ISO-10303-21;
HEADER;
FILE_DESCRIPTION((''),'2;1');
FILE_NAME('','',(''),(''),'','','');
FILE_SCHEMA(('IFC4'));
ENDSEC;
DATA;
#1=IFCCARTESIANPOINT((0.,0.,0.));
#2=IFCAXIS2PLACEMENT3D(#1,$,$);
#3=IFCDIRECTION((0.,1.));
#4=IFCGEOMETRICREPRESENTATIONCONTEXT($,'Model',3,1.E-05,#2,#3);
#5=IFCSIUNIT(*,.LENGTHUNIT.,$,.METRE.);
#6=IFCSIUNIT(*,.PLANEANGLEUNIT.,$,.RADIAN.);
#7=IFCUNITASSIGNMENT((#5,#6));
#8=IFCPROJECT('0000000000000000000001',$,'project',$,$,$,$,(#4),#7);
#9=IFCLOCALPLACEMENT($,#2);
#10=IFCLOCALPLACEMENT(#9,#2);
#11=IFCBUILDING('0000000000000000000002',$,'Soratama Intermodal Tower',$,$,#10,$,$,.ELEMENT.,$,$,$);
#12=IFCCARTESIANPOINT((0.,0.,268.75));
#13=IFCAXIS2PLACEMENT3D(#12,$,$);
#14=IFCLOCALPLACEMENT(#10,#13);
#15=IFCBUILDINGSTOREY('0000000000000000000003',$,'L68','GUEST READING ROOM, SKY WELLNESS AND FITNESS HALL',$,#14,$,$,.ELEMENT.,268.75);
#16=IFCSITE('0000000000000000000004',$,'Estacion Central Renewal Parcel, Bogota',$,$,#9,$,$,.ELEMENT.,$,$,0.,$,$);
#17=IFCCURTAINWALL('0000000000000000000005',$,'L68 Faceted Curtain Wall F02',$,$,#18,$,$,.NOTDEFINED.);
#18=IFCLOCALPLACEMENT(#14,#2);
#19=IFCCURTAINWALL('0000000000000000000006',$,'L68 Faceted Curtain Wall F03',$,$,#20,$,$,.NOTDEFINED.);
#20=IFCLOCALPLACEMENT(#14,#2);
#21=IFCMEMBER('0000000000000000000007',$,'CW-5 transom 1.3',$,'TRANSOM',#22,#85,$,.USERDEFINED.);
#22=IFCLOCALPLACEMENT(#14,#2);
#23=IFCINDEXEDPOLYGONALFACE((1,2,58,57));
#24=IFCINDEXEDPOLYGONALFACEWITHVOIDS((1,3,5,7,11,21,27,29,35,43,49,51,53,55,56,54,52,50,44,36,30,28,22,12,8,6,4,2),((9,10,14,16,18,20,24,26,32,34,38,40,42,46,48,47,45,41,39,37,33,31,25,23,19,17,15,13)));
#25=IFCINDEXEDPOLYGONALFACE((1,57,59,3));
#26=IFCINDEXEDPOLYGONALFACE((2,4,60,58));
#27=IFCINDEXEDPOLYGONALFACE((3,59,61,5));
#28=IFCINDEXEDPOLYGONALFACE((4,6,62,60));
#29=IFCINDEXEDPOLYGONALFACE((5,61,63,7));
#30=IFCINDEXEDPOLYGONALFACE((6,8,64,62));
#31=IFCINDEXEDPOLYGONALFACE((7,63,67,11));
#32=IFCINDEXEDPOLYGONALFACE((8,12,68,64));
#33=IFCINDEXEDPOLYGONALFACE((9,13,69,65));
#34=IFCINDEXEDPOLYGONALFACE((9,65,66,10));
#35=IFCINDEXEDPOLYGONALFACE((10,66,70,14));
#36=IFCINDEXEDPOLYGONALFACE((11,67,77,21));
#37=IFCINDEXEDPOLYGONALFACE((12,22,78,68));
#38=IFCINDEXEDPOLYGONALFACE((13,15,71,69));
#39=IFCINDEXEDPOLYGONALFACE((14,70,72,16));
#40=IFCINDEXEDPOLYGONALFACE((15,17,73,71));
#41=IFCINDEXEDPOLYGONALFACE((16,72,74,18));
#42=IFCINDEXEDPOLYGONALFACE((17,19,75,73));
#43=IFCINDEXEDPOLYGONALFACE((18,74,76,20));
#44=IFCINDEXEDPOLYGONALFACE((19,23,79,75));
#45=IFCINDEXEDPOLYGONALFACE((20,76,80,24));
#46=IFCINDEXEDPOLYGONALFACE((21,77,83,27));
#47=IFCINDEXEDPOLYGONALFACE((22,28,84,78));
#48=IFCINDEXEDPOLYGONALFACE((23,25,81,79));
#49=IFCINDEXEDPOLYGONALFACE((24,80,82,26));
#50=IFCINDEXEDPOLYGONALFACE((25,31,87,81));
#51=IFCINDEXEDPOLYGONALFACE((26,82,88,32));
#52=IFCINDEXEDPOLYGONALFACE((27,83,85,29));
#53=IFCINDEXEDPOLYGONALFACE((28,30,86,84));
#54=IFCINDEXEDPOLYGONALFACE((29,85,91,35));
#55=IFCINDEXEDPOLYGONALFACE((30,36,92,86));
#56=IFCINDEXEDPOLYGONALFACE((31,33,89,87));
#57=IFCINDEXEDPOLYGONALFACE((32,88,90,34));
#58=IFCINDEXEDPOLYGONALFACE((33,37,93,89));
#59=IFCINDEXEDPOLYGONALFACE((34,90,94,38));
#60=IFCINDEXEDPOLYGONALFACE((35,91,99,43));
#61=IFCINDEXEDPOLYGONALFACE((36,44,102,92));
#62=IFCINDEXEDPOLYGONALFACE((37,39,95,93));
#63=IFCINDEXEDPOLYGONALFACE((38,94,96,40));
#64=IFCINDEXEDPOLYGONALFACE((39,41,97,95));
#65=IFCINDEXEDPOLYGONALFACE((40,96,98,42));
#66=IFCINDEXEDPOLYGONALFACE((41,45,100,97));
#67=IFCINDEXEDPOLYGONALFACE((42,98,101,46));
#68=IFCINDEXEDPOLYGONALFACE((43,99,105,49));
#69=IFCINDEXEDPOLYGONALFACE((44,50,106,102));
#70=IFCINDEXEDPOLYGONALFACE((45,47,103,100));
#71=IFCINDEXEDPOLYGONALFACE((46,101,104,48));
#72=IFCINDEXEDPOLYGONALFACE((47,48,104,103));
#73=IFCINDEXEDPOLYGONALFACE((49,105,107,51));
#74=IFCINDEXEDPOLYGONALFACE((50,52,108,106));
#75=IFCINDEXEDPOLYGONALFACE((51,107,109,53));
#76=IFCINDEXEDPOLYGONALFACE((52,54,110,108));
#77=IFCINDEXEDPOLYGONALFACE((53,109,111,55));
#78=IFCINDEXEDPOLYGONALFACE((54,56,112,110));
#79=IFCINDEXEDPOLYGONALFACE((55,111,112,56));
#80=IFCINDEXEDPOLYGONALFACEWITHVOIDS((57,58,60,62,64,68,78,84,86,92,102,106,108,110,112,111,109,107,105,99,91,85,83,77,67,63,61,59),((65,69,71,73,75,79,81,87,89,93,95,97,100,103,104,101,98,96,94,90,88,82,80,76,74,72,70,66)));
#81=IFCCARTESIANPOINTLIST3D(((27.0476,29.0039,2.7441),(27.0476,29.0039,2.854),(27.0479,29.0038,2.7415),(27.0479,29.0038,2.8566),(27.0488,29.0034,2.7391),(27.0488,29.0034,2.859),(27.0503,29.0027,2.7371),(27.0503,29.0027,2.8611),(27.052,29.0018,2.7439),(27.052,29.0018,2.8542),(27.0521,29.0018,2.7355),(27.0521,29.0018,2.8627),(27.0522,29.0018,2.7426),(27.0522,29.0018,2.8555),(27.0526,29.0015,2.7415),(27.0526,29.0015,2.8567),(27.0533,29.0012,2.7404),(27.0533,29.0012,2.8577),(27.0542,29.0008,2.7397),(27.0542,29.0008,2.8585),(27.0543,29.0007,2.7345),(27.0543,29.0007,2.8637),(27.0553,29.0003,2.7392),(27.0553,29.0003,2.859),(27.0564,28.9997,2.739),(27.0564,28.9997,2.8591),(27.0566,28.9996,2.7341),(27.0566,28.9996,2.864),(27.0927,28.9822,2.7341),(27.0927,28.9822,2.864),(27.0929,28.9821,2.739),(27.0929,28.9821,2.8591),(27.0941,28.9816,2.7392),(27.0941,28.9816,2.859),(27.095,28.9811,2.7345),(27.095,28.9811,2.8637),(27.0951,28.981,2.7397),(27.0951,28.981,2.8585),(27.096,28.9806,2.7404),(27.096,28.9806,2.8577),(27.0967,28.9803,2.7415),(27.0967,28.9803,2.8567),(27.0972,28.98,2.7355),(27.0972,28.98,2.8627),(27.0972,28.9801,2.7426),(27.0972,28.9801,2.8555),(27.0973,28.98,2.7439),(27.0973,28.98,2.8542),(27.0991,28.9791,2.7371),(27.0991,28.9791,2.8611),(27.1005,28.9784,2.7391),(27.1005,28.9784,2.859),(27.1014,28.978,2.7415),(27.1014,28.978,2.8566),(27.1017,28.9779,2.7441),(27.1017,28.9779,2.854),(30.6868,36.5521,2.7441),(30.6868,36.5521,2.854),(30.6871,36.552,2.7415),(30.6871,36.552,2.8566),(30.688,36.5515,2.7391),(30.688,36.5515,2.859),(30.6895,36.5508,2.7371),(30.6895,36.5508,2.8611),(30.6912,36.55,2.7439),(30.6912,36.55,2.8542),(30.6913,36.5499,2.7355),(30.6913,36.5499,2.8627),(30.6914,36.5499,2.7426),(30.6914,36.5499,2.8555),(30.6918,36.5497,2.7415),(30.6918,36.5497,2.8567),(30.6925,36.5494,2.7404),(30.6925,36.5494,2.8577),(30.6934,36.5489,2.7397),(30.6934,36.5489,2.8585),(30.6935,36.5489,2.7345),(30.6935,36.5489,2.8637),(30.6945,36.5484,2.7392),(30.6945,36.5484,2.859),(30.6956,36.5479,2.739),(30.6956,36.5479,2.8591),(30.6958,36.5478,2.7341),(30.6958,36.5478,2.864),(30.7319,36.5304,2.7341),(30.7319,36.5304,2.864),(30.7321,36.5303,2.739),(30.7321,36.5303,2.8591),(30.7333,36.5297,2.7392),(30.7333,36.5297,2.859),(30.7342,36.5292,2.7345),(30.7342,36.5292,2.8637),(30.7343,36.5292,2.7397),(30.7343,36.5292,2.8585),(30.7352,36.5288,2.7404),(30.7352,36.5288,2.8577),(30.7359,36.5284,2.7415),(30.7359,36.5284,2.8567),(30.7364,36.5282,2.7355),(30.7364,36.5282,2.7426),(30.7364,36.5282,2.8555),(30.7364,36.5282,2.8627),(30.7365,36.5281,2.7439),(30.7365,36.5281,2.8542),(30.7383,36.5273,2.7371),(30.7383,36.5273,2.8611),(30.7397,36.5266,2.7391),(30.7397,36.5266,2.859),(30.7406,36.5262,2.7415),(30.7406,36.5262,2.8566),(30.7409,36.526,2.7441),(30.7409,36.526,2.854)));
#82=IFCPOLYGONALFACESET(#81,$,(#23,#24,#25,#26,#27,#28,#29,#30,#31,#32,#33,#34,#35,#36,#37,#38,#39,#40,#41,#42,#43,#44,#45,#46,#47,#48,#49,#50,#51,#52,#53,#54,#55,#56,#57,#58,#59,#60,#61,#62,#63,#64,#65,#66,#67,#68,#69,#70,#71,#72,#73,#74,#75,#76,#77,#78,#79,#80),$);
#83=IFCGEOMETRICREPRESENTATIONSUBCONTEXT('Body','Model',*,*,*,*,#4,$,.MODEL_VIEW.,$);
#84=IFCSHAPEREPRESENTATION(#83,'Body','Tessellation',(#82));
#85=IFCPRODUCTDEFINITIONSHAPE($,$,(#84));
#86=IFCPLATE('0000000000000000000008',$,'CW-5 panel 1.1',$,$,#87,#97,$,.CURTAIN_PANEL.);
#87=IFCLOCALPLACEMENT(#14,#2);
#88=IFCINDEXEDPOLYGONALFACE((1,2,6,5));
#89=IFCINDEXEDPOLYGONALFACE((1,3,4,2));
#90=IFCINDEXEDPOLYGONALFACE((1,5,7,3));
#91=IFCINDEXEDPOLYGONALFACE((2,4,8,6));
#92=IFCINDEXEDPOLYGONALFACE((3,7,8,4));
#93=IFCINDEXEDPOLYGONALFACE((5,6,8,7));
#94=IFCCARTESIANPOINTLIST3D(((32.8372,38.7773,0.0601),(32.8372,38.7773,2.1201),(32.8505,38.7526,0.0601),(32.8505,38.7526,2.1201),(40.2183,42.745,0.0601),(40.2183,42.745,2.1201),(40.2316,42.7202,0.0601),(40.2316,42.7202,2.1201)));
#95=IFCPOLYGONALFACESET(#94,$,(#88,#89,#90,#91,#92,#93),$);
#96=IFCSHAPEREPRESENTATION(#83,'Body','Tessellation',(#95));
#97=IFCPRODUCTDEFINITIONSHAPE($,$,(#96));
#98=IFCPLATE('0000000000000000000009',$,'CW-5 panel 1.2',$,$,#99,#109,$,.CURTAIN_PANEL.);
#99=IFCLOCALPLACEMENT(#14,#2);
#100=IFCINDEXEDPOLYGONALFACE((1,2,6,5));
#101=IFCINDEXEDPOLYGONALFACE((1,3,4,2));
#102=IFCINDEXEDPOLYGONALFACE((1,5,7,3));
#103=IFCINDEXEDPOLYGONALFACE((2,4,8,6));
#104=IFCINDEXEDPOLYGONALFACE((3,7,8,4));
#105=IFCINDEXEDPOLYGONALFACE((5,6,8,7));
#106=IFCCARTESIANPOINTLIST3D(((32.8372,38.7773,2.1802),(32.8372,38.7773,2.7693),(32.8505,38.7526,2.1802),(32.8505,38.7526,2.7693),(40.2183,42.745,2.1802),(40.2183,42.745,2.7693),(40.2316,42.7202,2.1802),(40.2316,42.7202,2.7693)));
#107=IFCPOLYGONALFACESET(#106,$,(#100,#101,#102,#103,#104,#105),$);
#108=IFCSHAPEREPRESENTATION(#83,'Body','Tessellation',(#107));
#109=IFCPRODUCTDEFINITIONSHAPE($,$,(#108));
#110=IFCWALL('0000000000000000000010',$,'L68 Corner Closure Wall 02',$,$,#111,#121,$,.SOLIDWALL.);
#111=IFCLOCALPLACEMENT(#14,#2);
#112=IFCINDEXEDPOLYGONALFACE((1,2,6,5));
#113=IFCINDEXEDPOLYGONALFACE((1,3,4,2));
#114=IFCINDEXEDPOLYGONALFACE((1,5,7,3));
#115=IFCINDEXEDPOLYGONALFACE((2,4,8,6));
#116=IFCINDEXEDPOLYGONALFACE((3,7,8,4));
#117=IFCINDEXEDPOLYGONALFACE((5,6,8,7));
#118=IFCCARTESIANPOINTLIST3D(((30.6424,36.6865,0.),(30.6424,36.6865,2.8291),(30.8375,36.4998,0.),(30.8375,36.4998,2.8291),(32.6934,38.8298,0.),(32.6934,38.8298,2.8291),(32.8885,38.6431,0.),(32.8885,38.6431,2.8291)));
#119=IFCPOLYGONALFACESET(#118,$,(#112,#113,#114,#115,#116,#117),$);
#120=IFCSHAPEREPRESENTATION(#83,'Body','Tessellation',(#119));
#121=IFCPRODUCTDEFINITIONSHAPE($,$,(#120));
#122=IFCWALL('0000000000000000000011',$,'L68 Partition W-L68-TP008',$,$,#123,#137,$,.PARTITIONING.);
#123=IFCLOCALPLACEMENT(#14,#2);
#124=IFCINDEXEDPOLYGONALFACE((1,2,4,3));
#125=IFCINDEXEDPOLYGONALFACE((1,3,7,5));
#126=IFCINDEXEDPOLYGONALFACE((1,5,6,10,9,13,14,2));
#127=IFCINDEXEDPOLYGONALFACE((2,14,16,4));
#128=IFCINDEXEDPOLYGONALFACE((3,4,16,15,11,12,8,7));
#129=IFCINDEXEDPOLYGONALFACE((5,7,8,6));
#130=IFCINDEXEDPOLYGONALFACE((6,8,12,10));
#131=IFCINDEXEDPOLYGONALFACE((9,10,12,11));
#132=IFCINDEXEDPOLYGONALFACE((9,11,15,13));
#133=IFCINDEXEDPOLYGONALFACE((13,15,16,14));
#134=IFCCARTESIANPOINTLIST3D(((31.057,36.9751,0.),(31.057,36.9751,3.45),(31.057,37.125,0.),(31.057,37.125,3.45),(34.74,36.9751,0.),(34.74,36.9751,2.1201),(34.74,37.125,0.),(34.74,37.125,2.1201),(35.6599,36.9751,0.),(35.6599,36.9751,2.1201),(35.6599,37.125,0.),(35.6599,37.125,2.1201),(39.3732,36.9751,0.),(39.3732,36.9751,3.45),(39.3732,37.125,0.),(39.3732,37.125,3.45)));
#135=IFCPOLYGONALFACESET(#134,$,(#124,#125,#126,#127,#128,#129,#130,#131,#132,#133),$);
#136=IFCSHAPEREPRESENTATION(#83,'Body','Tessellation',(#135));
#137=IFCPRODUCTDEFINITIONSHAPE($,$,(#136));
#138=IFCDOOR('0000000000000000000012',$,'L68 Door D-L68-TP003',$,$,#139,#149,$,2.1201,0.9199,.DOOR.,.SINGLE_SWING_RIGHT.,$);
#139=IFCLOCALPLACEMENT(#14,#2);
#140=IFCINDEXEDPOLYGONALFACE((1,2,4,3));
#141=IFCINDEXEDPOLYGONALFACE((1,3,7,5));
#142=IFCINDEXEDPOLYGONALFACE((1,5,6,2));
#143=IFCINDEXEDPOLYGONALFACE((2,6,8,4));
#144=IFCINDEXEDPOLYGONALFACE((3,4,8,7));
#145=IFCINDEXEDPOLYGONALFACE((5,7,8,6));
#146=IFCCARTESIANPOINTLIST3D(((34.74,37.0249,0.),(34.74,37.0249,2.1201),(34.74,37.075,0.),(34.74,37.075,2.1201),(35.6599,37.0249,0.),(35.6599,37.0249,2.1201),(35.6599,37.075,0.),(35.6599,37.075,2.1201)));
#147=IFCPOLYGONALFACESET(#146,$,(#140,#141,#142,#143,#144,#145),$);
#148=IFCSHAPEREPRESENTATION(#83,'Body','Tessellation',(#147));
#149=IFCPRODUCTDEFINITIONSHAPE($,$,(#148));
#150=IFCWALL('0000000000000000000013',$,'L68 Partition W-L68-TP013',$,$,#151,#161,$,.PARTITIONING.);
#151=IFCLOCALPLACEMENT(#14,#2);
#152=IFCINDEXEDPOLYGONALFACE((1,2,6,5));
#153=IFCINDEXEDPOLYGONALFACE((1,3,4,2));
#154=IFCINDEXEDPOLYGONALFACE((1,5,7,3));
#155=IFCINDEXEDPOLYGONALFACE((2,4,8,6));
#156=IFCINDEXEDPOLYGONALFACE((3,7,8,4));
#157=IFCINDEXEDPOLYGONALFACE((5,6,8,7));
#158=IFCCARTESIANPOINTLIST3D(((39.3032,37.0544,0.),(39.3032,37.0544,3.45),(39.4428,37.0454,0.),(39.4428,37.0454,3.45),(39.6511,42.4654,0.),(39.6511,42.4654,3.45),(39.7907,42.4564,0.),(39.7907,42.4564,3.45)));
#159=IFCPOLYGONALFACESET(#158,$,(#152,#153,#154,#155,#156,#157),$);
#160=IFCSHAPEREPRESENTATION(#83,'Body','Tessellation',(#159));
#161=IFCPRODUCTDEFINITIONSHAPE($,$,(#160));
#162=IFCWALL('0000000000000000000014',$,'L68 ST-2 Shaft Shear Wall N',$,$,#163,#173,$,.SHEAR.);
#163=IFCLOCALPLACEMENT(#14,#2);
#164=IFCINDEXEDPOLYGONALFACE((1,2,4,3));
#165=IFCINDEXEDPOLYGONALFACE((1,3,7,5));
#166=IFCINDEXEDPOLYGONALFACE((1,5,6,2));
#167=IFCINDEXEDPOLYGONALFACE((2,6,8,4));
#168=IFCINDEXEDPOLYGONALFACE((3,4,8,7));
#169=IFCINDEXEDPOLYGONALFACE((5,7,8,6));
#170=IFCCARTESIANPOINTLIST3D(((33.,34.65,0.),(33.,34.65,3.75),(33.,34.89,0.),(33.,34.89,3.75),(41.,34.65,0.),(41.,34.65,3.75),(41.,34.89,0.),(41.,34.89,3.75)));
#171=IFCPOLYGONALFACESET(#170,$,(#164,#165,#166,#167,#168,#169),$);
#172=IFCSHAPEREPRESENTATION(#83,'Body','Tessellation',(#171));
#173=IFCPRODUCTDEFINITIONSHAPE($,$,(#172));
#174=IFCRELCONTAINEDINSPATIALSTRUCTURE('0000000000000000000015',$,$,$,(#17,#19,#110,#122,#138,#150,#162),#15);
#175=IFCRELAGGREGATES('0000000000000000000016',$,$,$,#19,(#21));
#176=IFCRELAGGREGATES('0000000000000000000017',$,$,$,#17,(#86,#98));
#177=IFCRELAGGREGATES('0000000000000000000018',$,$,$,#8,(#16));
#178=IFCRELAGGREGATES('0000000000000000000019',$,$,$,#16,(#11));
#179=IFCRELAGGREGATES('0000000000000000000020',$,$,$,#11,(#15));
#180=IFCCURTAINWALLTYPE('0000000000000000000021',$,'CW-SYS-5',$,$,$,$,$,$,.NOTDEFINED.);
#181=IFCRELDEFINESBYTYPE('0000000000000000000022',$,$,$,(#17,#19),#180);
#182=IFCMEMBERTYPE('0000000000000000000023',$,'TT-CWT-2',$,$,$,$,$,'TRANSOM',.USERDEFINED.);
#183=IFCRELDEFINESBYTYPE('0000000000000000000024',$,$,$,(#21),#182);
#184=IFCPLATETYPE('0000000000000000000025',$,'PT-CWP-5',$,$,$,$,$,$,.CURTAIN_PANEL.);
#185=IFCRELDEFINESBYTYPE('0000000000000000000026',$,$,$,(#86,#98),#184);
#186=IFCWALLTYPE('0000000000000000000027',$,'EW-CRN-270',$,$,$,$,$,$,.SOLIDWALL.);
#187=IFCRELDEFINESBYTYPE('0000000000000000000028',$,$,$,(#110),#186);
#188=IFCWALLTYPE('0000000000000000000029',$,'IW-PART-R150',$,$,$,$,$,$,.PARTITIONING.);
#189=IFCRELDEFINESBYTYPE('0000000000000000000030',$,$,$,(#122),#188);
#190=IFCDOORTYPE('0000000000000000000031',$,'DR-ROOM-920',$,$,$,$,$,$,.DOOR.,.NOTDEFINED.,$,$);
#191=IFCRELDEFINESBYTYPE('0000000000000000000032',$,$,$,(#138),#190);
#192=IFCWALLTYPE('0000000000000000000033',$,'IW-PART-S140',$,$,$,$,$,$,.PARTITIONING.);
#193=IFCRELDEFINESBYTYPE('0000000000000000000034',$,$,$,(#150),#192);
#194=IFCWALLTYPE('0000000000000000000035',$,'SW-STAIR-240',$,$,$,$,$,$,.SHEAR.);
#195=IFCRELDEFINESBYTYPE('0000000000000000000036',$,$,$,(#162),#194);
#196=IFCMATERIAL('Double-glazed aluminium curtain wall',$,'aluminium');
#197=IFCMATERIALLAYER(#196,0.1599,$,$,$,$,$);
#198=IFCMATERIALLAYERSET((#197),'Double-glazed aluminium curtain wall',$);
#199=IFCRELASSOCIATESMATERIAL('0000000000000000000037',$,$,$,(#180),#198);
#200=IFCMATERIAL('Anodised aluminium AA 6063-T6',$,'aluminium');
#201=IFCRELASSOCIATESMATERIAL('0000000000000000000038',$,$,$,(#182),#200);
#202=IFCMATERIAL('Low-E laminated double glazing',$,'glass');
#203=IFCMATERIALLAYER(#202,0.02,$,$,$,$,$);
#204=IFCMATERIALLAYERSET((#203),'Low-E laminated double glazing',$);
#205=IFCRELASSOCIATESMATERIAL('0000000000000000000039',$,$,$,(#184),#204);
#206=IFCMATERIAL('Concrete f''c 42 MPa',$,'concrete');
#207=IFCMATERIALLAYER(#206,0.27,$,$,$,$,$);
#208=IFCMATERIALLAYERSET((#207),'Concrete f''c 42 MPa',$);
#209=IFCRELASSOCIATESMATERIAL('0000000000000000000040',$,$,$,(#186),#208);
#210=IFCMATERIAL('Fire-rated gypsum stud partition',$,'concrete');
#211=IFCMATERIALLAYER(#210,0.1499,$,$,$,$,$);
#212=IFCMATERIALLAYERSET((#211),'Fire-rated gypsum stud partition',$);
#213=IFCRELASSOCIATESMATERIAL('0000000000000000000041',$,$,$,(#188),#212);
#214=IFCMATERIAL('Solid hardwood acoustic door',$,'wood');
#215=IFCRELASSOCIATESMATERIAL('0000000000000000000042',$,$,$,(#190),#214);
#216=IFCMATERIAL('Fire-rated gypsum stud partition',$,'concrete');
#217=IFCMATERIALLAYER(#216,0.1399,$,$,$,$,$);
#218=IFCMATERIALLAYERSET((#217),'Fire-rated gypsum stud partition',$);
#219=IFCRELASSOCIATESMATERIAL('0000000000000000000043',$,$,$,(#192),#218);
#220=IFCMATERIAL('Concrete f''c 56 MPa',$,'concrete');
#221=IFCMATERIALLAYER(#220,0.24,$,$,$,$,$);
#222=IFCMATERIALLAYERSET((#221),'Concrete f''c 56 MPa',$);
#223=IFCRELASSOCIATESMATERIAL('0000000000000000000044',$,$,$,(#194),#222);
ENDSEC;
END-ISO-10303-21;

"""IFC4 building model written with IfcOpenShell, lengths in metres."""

from ifc_helpers import new_model, si_unit, direction, frame, frame_2d, origin, origin_2d, place, context, subcontext, project, spatial, rectangle, hollow_rectangle, extrude, material, layer, layer_set, material_profile, profile_set, type_object, element, fill, aggregate, save


model = new_model("IFC4")

# Units and contexts
model_context = context("Model", 3, precision=1e-05, world=origin(), true_north=direction((0.0, 1.0)))
body_context = subcontext(model_context, "Body", "Model", "MODEL_VIEW")
ifc_project = project(units=[si_unit("LENGTHUNIT", "METRE"), si_unit("PLANEANGLEUNIT", "RADIAN")], contexts=[model_context])

# Site, building, storey
site_placement = place(None, origin())
site = spatial("IfcSite", under=ifc_project, at=site_placement, Name="Estacion Central Renewal Parcel, Bogota", CompositionType="ELEMENT", RefElevation=0.0)
building_placement = place(site_placement, origin())
building = spatial("IfcBuilding", under=site, at=building_placement, Name="Soratama Intermodal Tower", CompositionType="ELEMENT")
storey_placement = place(building_placement, frame((0.0, 0.0, 268.75)))
storey = spatial("IfcBuildingStorey", under=building, at=storey_placement, Name="L68", Description="GUEST READING ROOM, SKY WELLNESS AND FITNESS HALL", CompositionType="ELEMENT", Elevation=268.75)

# Curtain wall
ifc_material_1 = material(Name="Double-glazed aluminium curtain wall", Category="aluminium")
ifc_layer_1 = layer(ifc_material_1, 0.1599)
ifc_layer_set_1 = layer_set([ifc_layer_1], Name="Double-glazed aluminium curtain wall")
curtain_wall_type = type_object("IfcCurtainWallType", Name="CW-SYS-5", PredefinedType="NOTDEFINED", material=ifc_layer_set_1)
curtain_wall_1_placement = place(storey_placement, origin())
curtain_wall_1 = element("IfcCurtainWall", 1, at=curtain_wall_1_placement, inside=storey, type_object=curtain_wall_type, Name="L68 Faceted Curtain Wall F02", PredefinedType="NOTDEFINED")

# Curtain wall
curtain_wall_2_placement = place(storey_placement, origin())
curtain_wall_2 = element("IfcCurtainWall", 2, at=curtain_wall_2_placement, inside=storey, type_object=curtain_wall_type, Name="L68 Faceted Curtain Wall F03", PredefinedType="NOTDEFINED")

# Member
ifc_material_2 = material(Name="Anodised aluminium AA 6063-T6", Category="aluminium")
ifc_material_profile_1 = material_profile(ifc_material_2, hollow_rectangle(XDim=0.0601, YDim=0.1299, WallThickness=0.0049, InnerFilletRadius=0.0049, OuterFilletRadius=0.01, at=origin_2d()), Name="CWT130X60X5")
ifc_profile_set_1 = profile_set([ifc_material_profile_1], Name="Anodised aluminium AA 6063-T6")
member_type_1 = type_object("IfcMemberType", Name="TT-CWT-2", ElementType="TRANSOM", PredefinedType="USERDEFINED", material=ifc_profile_set_1)
member_1_placement = place(storey_placement, frame((30.7139, 36.5391, 2.7991), z_axis=(-0.434289, -0.900773, 0.0), x_axis=(0.900773, -0.434289, 0.0)))
member_1 = element("IfcMember", 3, at=member_1_placement, type_object=member_type_1, Name="CW-5 transom 1.3", ObjectType="TRANSOM", PredefinedType="USERDEFINED", context=body_context, shape_type="SweptSolid", body=[
    extrude(hollow_rectangle(XDim=0.0601, YDim=0.1299, WallThickness=0.0049, InnerFilletRadius=0.0049, OuterFilletRadius=0.01, at=origin_2d()), origin(), (0.0, 0.0, 1.0), 8.3796),
])
aggregate(curtain_wall_2, [member_1])

# Plates
ifc_material_3 = material(Name="Low-E laminated double glazing", Category="glass")
ifc_layer_2 = layer(ifc_material_3, 0.02)
ifc_layer_set_2 = layer_set([ifc_layer_2], Name="Low-E laminated double glazing")
plate_type = type_object("IfcPlateType", Name="PT-CWP-5", PredefinedType="CURTAIN_PANEL", material=ifc_layer_set_2)
plate_1_placement = place(storey_placement, frame((36.5344, 40.7488, 0.0601), z_axis=(0.0, 0.0, 1.0), x_axis=(-0.88081, -0.47347, 0.0)))
plate_1 = element("IfcPlate", 4, at=plate_1_placement, type_object=plate_type, Name="CW-5 panel 1.1", PredefinedType="CURTAIN_PANEL", context=body_context, shape_type="SweptSolid", body=[
    extrude(rectangle(XDim=8.3799, YDim=0.0281, at=origin_2d()), origin(), (0.0, 0.0, 1.0), 2.0601),
])
plate_2_placement = place(storey_placement, frame((36.5344, 40.7488, 2.1802), z_axis=(0.0, 0.0, 1.0), x_axis=(-0.88081, -0.47347, 0.0)))
plate_2 = element("IfcPlate", 5, at=plate_2_placement, type_object=plate_type, Name="CW-5 panel 1.2", PredefinedType="CURTAIN_PANEL", context=body_context, shape_type="SweptSolid", body=[
    extrude(rectangle(XDim=8.3799, YDim=0.0281, at=origin_2d()), origin(), (0.0, 0.0, 1.0), 0.5891),
])
aggregate(curtain_wall_1, [plate_1, plate_2])

# Wall
ifc_material_4 = material(Name="Concrete f'c 42 MPa", Category="concrete")
ifc_layer_3 = layer(ifc_material_4, 0.27)
ifc_layer_set_3 = layer_set([ifc_layer_3], Name="Concrete f'c 42 MPa")
wall_type_1 = type_object("IfcWallType", Name="EW-CRN-270", PredefinedType="SOLIDWALL", material=ifc_layer_set_3)
wall_1_placement = place(storey_placement, frame((32.791, 38.7366, 0.0), z_axis=(0.0, 0.0, 1.0), x_axis=(-0.691381, -0.72249, 0.0)))
element("IfcWall", 6, at=wall_1_placement, inside=storey, type_object=wall_type_1, Name="L68 Corner Closure Wall 02", PredefinedType="SOLIDWALL", context=body_context, shape_type="SweptSolid", body=[
    extrude(rectangle(XDim=2.9666, YDim=0.27, at=frame_2d((1.4834, 0.0))), origin(), (0.0, 0.0, 1.0), 2.8291),
])

# Wall, opening, door
ifc_material_5 = material(Name="Fire-rated gypsum stud partition", Category="concrete")
ifc_layer_4 = layer(ifc_material_5, 0.1499)
ifc_layer_set_4 = layer_set([ifc_layer_4], Name="Fire-rated gypsum stud partition")
wall_type_2 = type_object("IfcWallType", Name="IW-PART-R150", PredefinedType="PARTITIONING", material=ifc_layer_set_4)
wall_2_placement = place(storey_placement, frame((31.0569, 37.05, 0.0), z_axis=(0.0, 0.0, 1.0), x_axis=(1.0, 0.0, 0.0)))
wall_2 = element("IfcWall", 7, at=wall_2_placement, inside=storey, type_object=wall_type_2, Name="L68 Partition W-L68-TP008", PredefinedType="PARTITIONING", context=body_context, shape_type="SweptSolid", body=[
    extrude(rectangle(XDim=8.3162, YDim=0.1499, at=frame_2d((4.1582, 0.0))), origin(), (0.0, 0.0, 1.0), 3.45),
])
opening_1_placement = place(wall_2_placement, frame((3.6831, 0.0, 0.0)))
opening_1 = element("IfcOpeningElement", 8, at=opening_1_placement, cuts=wall_2, PredefinedType="OPENING", context=body_context, shape_type="SweptSolid", body=[
    extrude(rectangle(XDim=0.9199, YDim=2.1201, at=frame_2d((0.46, 1.0601))), frame((0.0, 0.085, 0.0), z_axis=(0.0, -1.0, 0.0), x_axis=(1.0, 0.0, 0.0)), (0.0, 0.0, 1.0), 0.1699),
])
ifc_material_6 = material(Name="Solid hardwood acoustic door", Category="wood")
door_type = type_object("IfcDoorType", Name="DR-ROOM-920", OperationType="NOTDEFINED", PredefinedType="DOOR", material=ifc_material_6)
door_1_placement = place(opening_1_placement, origin())
door_1 = element("IfcDoor", 9, at=door_1_placement, inside=storey, type_object=door_type, Name="L68 Door D-L68-TP003", OperationType="SINGLE_SWING_RIGHT", OverallHeight=2.1201, OverallWidth=0.9199, PredefinedType="DOOR", context=body_context, shape_type="SweptSolid", body=[
    extrude(rectangle(XDim=0.9199, YDim=2.1201, at=frame_2d((0.46, 1.0601))), frame((0.0, 0.0249, 0.0), z_axis=(0.0, -1.0, 0.0), x_axis=(1.0, 0.0, 0.0)), (0.0, 0.0, 1.0), 0.05),
])
fill(opening_1, door_1)

# Walls
ifc_material_7 = material(Name="Fire-rated gypsum stud partition", Category="concrete")
ifc_layer_5 = layer(ifc_material_7, 0.1399)
ifc_layer_set_5 = layer_set([ifc_layer_5], Name="Fire-rated gypsum stud partition")
wall_type_3 = type_object("IfcWallType", Name="IW-PART-S140", PredefinedType="PARTITIONING", material=ifc_layer_set_5)
wall_3_placement = place(storey_placement, frame((39.373, 37.05, 0.0), z_axis=(0.0, 0.0, 1.0), x_axis=(0.064164, 0.997939, 0.0)))
element("IfcWall", 10, at=wall_3_placement, inside=storey, type_object=wall_type_3, Name="L68 Partition W-L68-TP013", PredefinedType="PARTITIONING", context=body_context, shape_type="SweptSolid", body=[
    extrude(rectangle(XDim=5.4221, YDim=0.1399, at=frame_2d((2.7109, 0.0))), origin(), (0.0, 0.0, 1.0), 3.45),
])
ifc_material_8 = material(Name="Concrete f'c 56 MPa", Category="concrete")
ifc_layer_6 = layer(ifc_material_8, 0.24)
ifc_layer_set_6 = layer_set([ifc_layer_6], Name="Concrete f'c 56 MPa")
wall_type_4 = type_object("IfcWallType", Name="SW-STAIR-240", PredefinedType="SHEAR", material=ifc_layer_set_6)
wall_4_placement = place(storey_placement, frame((33.0, 34.77, 0.0), z_axis=(0.0, 0.0, 1.0), x_axis=(1.0, 0.0, 0.0)))
element("IfcWall", 11, at=wall_4_placement, inside=storey, type_object=wall_type_4, Name="L68 ST-2 Shaft Shear Wall N", PredefinedType="SHEAR", context=body_context, shape_type="SweptSolid", body=[
    extrude(rectangle(XDim=8.0, YDim=0.24, at=frame_2d((4.0, 0.0))), origin(), (0.0, 0.0, 1.0), 3.75),
])

save(model, "model.ifc")
